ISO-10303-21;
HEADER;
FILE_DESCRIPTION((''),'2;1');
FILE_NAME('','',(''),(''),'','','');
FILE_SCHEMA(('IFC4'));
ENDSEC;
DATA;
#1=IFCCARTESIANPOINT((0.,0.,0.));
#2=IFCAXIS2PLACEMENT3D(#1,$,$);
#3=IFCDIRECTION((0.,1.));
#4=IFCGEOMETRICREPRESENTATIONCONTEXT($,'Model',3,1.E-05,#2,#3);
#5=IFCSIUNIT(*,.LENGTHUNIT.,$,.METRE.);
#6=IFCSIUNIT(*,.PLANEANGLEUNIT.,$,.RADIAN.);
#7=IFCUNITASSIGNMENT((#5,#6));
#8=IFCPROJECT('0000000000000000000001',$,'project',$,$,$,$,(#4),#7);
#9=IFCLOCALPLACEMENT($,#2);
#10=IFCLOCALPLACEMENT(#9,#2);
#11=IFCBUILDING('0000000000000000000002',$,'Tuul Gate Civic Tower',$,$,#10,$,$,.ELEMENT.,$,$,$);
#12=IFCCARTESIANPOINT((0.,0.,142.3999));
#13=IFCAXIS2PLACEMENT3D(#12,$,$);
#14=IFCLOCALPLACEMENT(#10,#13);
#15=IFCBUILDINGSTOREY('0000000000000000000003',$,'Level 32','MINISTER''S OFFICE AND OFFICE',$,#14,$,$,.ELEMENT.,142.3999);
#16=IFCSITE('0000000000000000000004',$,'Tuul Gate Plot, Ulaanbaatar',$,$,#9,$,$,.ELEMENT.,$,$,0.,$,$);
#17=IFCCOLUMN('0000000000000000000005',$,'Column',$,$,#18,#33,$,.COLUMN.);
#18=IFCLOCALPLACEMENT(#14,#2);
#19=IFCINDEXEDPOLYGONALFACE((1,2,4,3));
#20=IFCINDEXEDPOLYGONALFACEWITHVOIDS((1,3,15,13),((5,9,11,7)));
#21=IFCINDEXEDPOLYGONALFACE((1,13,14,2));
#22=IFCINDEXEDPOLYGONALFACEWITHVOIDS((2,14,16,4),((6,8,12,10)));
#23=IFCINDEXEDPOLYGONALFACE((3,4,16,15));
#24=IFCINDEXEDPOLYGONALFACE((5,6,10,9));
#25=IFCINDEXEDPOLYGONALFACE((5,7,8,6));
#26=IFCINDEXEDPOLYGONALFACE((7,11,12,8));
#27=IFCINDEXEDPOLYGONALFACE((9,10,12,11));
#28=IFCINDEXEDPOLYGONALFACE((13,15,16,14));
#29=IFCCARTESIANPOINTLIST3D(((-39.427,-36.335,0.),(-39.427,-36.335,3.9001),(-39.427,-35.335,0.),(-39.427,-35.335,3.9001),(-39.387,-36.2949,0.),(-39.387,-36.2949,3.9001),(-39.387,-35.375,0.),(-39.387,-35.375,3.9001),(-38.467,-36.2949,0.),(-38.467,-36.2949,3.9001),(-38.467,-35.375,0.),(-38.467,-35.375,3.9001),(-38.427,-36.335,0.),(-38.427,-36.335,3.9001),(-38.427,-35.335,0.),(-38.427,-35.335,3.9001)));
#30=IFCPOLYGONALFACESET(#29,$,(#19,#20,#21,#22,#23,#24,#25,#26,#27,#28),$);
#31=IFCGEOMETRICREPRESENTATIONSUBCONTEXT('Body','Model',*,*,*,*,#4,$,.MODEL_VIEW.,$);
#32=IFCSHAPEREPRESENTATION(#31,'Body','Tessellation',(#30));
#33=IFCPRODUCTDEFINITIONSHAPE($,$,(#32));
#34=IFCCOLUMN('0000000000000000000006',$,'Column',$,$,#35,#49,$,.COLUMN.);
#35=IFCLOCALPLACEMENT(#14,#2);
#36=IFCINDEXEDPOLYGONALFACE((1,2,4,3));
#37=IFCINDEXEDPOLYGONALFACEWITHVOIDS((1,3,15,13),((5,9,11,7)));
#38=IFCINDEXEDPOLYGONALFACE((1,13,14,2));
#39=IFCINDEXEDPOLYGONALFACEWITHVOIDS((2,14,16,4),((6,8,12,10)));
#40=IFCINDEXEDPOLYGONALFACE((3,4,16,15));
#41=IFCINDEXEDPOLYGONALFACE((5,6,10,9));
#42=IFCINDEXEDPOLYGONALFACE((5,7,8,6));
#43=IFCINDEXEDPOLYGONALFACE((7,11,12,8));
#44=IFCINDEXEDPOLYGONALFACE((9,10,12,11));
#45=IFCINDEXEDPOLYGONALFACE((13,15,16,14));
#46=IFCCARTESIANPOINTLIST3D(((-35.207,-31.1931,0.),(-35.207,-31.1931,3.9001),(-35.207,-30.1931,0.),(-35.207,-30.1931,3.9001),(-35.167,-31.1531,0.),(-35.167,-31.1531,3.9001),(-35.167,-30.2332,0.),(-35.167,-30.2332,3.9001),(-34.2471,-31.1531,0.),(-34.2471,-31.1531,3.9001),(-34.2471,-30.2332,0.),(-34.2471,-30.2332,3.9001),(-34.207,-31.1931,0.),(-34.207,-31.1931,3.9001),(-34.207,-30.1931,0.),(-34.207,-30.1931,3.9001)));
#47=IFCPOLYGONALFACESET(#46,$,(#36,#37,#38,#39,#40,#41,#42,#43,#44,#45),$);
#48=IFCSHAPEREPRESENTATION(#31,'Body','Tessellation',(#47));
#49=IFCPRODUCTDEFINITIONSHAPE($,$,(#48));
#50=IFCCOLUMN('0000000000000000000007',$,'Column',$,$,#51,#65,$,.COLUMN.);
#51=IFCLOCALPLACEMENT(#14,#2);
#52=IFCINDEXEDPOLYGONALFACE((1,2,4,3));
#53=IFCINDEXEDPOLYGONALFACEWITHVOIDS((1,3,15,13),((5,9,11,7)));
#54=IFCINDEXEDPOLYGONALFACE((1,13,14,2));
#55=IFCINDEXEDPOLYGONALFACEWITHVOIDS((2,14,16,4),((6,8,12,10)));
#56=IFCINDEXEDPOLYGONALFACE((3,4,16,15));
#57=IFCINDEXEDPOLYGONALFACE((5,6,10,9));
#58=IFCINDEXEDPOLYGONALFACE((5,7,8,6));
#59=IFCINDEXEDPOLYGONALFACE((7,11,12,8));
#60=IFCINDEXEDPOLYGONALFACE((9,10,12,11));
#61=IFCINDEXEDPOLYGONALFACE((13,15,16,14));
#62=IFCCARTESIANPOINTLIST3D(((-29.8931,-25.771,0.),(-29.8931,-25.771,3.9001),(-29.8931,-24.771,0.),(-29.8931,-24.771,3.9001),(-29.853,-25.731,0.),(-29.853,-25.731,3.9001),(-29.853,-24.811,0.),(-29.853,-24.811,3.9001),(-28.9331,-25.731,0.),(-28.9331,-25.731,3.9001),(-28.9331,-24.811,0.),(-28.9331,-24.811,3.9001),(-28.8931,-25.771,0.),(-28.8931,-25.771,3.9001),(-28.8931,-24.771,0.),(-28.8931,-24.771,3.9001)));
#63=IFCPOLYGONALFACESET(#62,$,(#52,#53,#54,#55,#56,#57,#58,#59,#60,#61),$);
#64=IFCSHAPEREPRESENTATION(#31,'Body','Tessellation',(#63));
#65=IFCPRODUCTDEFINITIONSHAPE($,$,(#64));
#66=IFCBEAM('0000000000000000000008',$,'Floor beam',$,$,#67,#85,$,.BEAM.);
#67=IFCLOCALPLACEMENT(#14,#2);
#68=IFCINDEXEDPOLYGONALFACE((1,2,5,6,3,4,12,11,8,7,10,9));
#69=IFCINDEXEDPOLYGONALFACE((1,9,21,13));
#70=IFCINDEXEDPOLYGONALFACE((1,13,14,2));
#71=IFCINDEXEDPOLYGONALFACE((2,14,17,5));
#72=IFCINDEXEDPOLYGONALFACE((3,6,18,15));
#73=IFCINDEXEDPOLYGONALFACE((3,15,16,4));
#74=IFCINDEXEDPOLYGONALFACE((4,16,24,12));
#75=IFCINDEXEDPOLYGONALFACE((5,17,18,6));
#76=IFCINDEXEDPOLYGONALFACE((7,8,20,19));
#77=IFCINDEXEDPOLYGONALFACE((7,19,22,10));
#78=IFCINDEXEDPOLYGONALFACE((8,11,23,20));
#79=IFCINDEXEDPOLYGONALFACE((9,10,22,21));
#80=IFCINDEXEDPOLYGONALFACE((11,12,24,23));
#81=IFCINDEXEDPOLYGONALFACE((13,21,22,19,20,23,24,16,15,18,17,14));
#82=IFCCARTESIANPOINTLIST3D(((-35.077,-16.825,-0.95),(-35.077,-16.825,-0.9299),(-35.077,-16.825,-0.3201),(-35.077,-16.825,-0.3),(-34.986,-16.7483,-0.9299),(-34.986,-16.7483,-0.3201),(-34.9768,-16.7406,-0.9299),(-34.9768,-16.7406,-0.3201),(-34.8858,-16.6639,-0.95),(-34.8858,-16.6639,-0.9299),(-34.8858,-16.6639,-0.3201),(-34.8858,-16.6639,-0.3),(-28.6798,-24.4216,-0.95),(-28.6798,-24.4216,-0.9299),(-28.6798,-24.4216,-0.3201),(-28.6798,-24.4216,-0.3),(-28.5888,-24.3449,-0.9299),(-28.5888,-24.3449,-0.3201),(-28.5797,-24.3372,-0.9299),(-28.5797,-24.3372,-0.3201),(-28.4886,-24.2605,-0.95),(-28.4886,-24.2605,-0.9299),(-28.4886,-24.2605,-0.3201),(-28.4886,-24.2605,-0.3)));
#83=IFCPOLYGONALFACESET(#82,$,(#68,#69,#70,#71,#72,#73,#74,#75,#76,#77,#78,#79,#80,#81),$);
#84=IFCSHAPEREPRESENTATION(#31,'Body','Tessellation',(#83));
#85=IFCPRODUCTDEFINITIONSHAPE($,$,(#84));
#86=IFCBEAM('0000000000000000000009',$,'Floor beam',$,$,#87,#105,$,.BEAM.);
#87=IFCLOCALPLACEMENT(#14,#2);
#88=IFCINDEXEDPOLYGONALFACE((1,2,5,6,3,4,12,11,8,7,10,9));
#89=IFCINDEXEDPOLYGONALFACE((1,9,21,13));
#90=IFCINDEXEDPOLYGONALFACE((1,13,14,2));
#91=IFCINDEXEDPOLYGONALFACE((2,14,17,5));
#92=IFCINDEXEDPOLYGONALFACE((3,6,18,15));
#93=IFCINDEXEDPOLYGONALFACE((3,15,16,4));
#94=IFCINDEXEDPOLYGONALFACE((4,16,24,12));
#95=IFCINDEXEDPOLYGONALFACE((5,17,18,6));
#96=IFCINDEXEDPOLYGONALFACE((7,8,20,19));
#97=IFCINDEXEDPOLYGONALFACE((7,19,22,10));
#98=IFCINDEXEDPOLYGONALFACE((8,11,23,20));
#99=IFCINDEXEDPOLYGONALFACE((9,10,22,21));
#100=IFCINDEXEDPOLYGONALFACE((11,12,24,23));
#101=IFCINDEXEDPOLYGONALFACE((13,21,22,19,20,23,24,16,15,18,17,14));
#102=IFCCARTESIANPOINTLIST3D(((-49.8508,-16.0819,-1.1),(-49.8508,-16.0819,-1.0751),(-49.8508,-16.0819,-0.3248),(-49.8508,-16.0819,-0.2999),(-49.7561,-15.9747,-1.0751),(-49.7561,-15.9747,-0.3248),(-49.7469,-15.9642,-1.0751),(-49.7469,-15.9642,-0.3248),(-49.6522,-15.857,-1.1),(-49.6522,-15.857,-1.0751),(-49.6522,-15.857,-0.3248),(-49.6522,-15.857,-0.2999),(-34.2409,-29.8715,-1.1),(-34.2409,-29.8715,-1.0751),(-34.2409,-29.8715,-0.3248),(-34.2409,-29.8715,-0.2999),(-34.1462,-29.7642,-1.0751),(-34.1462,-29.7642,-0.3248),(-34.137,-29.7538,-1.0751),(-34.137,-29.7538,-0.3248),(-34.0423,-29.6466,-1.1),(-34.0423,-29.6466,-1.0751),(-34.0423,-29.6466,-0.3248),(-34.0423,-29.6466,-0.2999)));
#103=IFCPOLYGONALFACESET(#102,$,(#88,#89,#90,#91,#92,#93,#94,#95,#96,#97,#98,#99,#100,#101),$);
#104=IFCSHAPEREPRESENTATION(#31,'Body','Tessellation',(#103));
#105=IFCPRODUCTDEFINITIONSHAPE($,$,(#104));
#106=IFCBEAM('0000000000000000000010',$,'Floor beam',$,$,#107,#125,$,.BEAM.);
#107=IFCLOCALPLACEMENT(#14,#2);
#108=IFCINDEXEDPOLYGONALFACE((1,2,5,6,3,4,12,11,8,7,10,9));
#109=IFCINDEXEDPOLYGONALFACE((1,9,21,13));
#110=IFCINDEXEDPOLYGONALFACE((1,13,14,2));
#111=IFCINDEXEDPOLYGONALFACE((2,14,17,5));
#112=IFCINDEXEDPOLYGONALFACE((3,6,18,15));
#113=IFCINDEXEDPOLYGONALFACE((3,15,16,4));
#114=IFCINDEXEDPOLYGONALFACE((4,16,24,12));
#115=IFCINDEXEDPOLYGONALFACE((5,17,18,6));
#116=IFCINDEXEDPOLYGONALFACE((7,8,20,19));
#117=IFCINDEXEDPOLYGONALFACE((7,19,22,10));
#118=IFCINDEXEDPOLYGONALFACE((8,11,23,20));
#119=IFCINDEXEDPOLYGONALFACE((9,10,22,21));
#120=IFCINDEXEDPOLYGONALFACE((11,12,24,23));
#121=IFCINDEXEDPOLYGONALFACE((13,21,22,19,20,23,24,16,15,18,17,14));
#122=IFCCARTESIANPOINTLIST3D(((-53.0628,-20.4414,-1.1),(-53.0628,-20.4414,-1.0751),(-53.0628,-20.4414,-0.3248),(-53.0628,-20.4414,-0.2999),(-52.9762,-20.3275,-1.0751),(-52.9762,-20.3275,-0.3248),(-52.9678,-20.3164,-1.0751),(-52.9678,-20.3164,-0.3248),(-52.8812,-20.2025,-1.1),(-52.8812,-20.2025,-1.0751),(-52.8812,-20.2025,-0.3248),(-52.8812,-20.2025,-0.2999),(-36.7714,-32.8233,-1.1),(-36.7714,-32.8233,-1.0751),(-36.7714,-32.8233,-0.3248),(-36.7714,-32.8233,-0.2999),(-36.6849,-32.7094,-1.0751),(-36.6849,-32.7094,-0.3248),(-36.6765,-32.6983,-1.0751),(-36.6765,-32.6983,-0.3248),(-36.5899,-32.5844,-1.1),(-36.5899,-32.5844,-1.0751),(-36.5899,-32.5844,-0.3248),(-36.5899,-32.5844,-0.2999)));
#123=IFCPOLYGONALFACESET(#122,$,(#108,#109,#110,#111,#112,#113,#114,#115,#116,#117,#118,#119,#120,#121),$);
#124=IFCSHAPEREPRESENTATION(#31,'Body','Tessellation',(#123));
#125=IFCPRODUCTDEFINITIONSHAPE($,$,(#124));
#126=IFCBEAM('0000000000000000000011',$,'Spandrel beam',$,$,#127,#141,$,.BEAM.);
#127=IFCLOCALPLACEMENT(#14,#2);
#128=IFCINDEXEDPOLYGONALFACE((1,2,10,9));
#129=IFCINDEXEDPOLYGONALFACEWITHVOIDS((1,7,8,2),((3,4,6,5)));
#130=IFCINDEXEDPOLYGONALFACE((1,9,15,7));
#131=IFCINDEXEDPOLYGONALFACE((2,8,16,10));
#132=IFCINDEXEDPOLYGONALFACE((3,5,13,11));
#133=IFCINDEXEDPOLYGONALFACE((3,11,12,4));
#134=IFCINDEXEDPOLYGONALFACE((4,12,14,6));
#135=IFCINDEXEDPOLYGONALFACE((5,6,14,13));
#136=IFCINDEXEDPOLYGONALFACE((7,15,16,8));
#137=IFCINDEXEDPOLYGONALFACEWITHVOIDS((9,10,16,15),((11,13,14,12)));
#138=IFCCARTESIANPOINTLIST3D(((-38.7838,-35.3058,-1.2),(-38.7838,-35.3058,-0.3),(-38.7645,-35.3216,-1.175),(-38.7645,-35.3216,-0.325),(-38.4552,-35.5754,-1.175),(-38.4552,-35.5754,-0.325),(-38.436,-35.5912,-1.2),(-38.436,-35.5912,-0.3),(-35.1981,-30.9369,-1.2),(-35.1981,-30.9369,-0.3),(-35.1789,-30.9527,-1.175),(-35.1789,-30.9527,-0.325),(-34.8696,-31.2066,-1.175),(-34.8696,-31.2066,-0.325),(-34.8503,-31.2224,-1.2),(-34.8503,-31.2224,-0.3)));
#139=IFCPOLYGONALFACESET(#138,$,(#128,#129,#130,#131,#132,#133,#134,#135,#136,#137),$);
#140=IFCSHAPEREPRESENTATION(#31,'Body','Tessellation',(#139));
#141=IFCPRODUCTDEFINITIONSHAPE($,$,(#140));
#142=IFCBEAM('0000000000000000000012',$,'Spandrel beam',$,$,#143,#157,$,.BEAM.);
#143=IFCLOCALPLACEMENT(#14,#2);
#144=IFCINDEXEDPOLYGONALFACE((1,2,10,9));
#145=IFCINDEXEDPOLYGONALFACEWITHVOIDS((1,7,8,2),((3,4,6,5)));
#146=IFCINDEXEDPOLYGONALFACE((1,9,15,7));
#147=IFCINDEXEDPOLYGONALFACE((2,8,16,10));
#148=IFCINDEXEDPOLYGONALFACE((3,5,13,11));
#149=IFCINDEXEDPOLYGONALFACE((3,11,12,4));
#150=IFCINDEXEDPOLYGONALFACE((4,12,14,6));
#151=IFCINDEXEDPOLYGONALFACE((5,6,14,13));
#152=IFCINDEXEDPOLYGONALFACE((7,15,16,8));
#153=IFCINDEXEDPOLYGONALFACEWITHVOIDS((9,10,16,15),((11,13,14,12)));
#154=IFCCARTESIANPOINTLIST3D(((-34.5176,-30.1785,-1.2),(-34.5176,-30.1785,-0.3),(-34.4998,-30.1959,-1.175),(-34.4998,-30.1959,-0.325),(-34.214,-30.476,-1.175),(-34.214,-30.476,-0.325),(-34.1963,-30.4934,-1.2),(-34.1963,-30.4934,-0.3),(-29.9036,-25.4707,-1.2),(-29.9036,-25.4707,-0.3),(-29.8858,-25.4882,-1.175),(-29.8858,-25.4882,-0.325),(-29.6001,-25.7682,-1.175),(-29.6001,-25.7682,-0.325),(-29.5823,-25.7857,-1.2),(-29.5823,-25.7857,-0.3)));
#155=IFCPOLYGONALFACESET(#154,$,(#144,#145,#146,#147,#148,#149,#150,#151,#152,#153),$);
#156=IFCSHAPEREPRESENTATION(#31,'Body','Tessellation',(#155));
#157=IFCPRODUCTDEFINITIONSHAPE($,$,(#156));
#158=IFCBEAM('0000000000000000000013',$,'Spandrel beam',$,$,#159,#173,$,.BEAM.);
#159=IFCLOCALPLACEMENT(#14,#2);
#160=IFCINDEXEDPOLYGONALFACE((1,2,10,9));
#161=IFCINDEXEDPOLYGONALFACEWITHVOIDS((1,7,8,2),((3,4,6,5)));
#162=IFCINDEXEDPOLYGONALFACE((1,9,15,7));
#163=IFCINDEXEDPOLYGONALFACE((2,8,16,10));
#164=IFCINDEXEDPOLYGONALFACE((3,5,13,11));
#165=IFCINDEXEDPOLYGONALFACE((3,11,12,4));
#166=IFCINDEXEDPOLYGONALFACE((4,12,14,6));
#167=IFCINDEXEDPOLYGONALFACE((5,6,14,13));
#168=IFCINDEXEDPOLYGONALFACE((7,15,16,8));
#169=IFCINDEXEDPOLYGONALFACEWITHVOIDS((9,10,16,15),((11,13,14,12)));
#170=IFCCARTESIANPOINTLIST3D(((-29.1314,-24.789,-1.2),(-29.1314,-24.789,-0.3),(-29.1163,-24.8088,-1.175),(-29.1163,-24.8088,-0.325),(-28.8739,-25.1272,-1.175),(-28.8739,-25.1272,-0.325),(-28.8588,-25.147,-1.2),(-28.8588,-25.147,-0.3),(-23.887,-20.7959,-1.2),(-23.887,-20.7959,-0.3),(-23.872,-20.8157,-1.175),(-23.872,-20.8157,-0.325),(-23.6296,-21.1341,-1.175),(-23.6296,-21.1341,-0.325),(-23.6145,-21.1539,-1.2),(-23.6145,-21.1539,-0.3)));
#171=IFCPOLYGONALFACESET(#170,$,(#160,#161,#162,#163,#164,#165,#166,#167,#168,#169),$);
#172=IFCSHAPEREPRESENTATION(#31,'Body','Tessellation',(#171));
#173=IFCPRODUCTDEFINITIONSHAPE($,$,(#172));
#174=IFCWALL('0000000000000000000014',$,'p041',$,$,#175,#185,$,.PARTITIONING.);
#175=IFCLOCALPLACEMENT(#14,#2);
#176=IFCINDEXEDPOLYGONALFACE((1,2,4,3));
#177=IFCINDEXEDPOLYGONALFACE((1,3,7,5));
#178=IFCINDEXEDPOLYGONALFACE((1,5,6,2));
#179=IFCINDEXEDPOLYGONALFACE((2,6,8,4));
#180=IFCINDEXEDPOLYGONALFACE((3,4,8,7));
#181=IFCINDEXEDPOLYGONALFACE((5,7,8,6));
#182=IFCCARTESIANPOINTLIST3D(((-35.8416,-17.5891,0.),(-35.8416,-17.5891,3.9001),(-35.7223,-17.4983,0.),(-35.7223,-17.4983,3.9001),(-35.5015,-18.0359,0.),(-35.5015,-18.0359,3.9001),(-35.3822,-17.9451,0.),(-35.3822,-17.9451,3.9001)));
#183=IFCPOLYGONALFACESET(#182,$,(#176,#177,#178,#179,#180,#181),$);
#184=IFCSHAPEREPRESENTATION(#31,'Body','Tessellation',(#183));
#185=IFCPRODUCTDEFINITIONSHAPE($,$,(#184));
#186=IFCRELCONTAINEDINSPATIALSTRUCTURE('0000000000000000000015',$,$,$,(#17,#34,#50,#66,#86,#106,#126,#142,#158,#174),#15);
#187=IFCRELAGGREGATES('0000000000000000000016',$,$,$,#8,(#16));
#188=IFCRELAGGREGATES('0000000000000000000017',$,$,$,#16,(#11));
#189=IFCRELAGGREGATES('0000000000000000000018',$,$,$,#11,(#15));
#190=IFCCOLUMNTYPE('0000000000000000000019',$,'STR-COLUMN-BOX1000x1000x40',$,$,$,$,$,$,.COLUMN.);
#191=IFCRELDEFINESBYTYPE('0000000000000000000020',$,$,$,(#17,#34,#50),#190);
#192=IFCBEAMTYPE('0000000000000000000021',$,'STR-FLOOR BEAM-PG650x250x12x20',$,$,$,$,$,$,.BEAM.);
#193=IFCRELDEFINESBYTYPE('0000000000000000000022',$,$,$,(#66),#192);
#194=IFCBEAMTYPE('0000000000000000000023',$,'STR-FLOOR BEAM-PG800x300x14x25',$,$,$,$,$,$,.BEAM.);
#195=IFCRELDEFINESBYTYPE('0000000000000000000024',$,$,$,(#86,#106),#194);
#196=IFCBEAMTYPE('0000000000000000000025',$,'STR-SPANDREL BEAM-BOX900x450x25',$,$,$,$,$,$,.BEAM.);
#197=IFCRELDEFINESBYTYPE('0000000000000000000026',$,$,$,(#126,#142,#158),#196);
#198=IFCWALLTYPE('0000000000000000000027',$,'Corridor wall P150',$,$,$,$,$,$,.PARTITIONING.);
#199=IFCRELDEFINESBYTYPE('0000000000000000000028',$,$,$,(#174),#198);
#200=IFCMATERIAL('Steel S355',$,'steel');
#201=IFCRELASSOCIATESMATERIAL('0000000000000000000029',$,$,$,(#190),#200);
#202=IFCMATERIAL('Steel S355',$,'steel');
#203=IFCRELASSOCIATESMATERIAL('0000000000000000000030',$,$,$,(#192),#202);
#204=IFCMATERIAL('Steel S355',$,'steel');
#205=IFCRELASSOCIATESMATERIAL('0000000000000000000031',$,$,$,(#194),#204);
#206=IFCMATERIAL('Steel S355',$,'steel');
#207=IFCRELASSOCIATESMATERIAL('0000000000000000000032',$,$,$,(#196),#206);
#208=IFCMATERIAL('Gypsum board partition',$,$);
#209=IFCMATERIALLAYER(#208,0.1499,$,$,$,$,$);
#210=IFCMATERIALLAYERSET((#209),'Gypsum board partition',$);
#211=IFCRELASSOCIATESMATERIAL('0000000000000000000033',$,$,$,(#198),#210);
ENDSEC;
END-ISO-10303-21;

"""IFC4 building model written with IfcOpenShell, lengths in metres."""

from ifc_helpers import new_model, si_unit, direction, frame, frame_2d, origin, origin_2d, place, context, subcontext, project, spatial, rectangle, hollow_rectangle, i_section, extrude, material, layer, layer_set, material_profile, profile_set, type_object, element, save


model = new_model("IFC4")

# Units and contexts
model_context = context("Model", 3, precision=1e-05, world=origin(), true_north=direction((0.0, 1.0)))
body_context = subcontext(model_context, "Body", "Model", "MODEL_VIEW")
ifc_project = project(units=[si_unit("LENGTHUNIT", "METRE"), si_unit("PLANEANGLEUNIT", "RADIAN")], contexts=[model_context])

# Site, building, storey
site_placement = place(None, origin())
site = spatial("IfcSite", under=ifc_project, at=site_placement, Name="Tuul Gate Plot, Ulaanbaatar", CompositionType="ELEMENT", RefElevation=0.0)
building_placement = place(site_placement, origin())
building = spatial("IfcBuilding", under=site, at=building_placement, Name="Tuul Gate Civic Tower", CompositionType="ELEMENT")
storey_placement = place(building_placement, frame((0.0, 0.0, 142.3999)))
storey = spatial("IfcBuildingStorey", under=building, at=storey_placement, Name="Level 32", Description="MINISTER'S OFFICE AND OFFICE", CompositionType="ELEMENT", Elevation=142.3999)

# Columns
ifc_material_1 = material(Name="Steel S355", Category="steel")
ifc_material_profile_1 = material_profile(ifc_material_1, hollow_rectangle(XDim=1.0, YDim=1.0, WallThickness=0.04, at=origin_2d()), Name="BOX1000x1000x40")
ifc_profile_set_1 = profile_set([ifc_material_profile_1], Name="Steel S355")
column_type = type_object("IfcColumnType", Name="STR-COLUMN-BOX1000x1000x40", PredefinedType="COLUMN", material=ifc_profile_set_1)
for number, where, z_axis, x_axis, name in (
    (1, (-38.927, -35.835, 0.0), (0.0, 0.0, 1.0), (1.0, 0.0, 0.0), "Column"),
    (2, (-34.707, -30.6931, 0.0), (0.0, 0.0, 1.0), (1.0, 0.0, 0.0), "Column"),
    (3, (-29.3931, -25.271, 0.0), (0.0, 0.0, 1.0), (1.0, 0.0, 0.0), "Column"),
):
    element("IfcColumn", number, at=place(storey_placement, frame(where, z_axis=z_axis, x_axis=x_axis)), inside=storey, type_object=column_type, Name=name, PredefinedType="COLUMN", context=body_context, shape_type="SweptSolid", body=[
        extrude(hollow_rectangle(XDim=1.0, YDim=1.0, WallThickness=0.04, at=origin_2d()), origin(), (0.0, 0.0, 1.0), 3.9001),
    ])

# Beams
ifc_material_2 = material(Name="Steel S355", Category="steel")
ifc_material_profile_2 = material_profile(ifc_material_2, i_section(OverallWidth=0.25, OverallDepth=0.6499, WebThickness=0.012, FlangeThickness=0.02, at=origin_2d()), Name="PG650x250x12x20")
ifc_profile_set_2 = profile_set([ifc_material_profile_2], Name="Steel S355")
beam_type_1 = type_object("IfcBeamType", Name="STR-FLOOR BEAM-PG650x250x12x20", PredefinedType="BEAM", material=ifc_profile_set_2)
beam_1_placement = place(storey_placement, frame((-28.5842, -24.3411, -0.625), z_axis=(-0.644137, 0.764911, 0.0), x_axis=(-0.764911, -0.644137, 0.0)))
element("IfcBeam", 4, at=beam_1_placement, inside=storey, type_object=beam_type_1, Name="Floor beam", PredefinedType="BEAM", context=body_context, shape_type="SweptSolid", body=[
    extrude(i_section(OverallWidth=0.25, OverallDepth=0.6499, WebThickness=0.012, FlangeThickness=0.02, at=origin_2d()), origin(), (0.0, 0.0, 1.0), 9.9314),
])
ifc_material_3 = material(Name="Steel S355", Category="steel")
ifc_material_profile_3 = material_profile(ifc_material_3, i_section(OverallWidth=0.3, OverallDepth=0.8, WebThickness=0.0139, FlangeThickness=0.0249, at=origin_2d()), Name="PG800x300x14x25")
ifc_profile_set_3 = profile_set([ifc_material_profile_3], Name="Steel S355")
beam_type_2 = type_object("IfcBeamType", Name="STR-FLOOR BEAM-PG800x300x14x25", PredefinedType="BEAM", material=ifc_profile_set_3)
beam_2_placement = place(storey_placement, frame((-34.1416, -29.759, -0.7), z_axis=(-0.749453, 0.662057, 0.0), x_axis=(-0.662057, -0.749453, 0.0)))
element("IfcBeam", 5, at=beam_2_placement, inside=storey, type_object=beam_type_2, Name="Floor beam", PredefinedType="BEAM", context=body_context, shape_type="SweptSolid", body=[
    extrude(i_section(OverallWidth=0.3, OverallDepth=0.8, WebThickness=0.0139, FlangeThickness=0.0249, at=origin_2d()), origin(), (0.0, 0.0, 1.0), 20.8284),
])
beam_3_placement = place(storey_placement, frame((-36.6807, -32.7039, -0.7), z_axis=(-0.796151, 0.605098, 0.0), x_axis=(-0.605098, -0.796151, 0.0)))
element("IfcBeam", 6, at=beam_3_placement, inside=storey, type_object=beam_type_2, Name="Floor beam", PredefinedType="BEAM", context=body_context, shape_type="SweptSolid", body=[
    extrude(i_section(OverallWidth=0.3, OverallDepth=0.8, WebThickness=0.0139, FlangeThickness=0.0249, at=origin_2d()), origin(), (0.0, 0.0, 1.0), 20.4626),
])
ifc_material_4 = material(Name="Steel S355", Category="steel")
ifc_material_profile_4 = material_profile(ifc_material_4, hollow_rectangle(XDim=0.45, YDim=0.8999, WallThickness=0.0249, at=origin_2d()), Name="BOX900x450x25")
ifc_profile_set_4 = profile_set([ifc_material_profile_4], Name="Steel S355")
beam_type_3 = type_object("IfcBeamType", Name="STR-SPANDREL BEAM-BOX900x450x25", PredefinedType="BEAM", material=ifc_profile_set_4)
beam_4_placement = place(storey_placement, frame((-38.6099, -35.4485, -0.75), z_axis=(0.634418, 0.77299, 0.0), x_axis=(-0.77299, 0.634418, 0.0)))
element("IfcBeam", 7, at=beam_4_placement, inside=storey, type_object=beam_type_3, Name="Spandrel beam", PredefinedType="BEAM", context=body_context, shape_type="SweptSolid", body=[
    extrude(hollow_rectangle(XDim=0.45, YDim=0.8999, WallThickness=0.0249, at=origin_2d()), origin(), (0.0, 0.0, 1.0), 5.6519),
])
beam_5_placement = place(storey_placement, frame((-34.3569, -30.3359, -0.75), z_axis=(0.69996, 0.714182, 0.0), x_axis=(-0.714182, 0.69996, 0.0)))
element("IfcBeam", 8, at=beam_5_placement, inside=storey, type_object=beam_type_3, Name="Spandrel beam", PredefinedType="BEAM", context=body_context, shape_type="SweptSolid", body=[
    extrude(hollow_rectangle(XDim=0.45, YDim=0.8999, WallThickness=0.0249, at=origin_2d()), origin(), (0.0, 0.0, 1.0), 6.5918),
])
beam_6_placement = place(storey_placement, frame((-28.9951, -24.968, -0.75), z_axis=(0.795619, 0.605798, 0.0), x_axis=(-0.605798, 0.795619, 0.0)))
element("IfcBeam", 9, at=beam_6_placement, inside=storey, type_object=beam_type_3, Name="Spandrel beam", PredefinedType="BEAM", context=body_context, shape_type="SweptSolid", body=[
    extrude(hollow_rectangle(XDim=0.45, YDim=0.8999, WallThickness=0.0249, at=origin_2d()), origin(), (0.0, 0.0, 1.0), 6.5916),
])

# Wall
ifc_material_5 = material(Name="Gypsum board partition")
ifc_layer_1 = layer(ifc_material_5, 0.1499)
ifc_layer_set_1 = layer_set([ifc_layer_1], Name="Gypsum board partition")
wall_type_1 = type_object("IfcWallType", Name="Corridor wall P150", PredefinedType="PARTITIONING", material=ifc_layer_set_1)
wall_1_placement = place(storey_placement, frame((-35.782, -17.5437, 0.0), z_axis=(0.0, 0.0, 1.0), x_axis=(0.605689, -0.795701, 0.0)))
element("IfcWall", 10, at=wall_1_placement, inside=storey, type_object=wall_type_1, Name="p041", PredefinedType="PARTITIONING", context=body_context, shape_type="SweptSolid", body=[
    extrude(rectangle(XDim=0.5615, YDim=0.1499, at=frame_2d((0.2808, 0.0))), origin(), (0.0, 0.0, 1.0), 3.9001),
])

save(model, "model.ifc")
